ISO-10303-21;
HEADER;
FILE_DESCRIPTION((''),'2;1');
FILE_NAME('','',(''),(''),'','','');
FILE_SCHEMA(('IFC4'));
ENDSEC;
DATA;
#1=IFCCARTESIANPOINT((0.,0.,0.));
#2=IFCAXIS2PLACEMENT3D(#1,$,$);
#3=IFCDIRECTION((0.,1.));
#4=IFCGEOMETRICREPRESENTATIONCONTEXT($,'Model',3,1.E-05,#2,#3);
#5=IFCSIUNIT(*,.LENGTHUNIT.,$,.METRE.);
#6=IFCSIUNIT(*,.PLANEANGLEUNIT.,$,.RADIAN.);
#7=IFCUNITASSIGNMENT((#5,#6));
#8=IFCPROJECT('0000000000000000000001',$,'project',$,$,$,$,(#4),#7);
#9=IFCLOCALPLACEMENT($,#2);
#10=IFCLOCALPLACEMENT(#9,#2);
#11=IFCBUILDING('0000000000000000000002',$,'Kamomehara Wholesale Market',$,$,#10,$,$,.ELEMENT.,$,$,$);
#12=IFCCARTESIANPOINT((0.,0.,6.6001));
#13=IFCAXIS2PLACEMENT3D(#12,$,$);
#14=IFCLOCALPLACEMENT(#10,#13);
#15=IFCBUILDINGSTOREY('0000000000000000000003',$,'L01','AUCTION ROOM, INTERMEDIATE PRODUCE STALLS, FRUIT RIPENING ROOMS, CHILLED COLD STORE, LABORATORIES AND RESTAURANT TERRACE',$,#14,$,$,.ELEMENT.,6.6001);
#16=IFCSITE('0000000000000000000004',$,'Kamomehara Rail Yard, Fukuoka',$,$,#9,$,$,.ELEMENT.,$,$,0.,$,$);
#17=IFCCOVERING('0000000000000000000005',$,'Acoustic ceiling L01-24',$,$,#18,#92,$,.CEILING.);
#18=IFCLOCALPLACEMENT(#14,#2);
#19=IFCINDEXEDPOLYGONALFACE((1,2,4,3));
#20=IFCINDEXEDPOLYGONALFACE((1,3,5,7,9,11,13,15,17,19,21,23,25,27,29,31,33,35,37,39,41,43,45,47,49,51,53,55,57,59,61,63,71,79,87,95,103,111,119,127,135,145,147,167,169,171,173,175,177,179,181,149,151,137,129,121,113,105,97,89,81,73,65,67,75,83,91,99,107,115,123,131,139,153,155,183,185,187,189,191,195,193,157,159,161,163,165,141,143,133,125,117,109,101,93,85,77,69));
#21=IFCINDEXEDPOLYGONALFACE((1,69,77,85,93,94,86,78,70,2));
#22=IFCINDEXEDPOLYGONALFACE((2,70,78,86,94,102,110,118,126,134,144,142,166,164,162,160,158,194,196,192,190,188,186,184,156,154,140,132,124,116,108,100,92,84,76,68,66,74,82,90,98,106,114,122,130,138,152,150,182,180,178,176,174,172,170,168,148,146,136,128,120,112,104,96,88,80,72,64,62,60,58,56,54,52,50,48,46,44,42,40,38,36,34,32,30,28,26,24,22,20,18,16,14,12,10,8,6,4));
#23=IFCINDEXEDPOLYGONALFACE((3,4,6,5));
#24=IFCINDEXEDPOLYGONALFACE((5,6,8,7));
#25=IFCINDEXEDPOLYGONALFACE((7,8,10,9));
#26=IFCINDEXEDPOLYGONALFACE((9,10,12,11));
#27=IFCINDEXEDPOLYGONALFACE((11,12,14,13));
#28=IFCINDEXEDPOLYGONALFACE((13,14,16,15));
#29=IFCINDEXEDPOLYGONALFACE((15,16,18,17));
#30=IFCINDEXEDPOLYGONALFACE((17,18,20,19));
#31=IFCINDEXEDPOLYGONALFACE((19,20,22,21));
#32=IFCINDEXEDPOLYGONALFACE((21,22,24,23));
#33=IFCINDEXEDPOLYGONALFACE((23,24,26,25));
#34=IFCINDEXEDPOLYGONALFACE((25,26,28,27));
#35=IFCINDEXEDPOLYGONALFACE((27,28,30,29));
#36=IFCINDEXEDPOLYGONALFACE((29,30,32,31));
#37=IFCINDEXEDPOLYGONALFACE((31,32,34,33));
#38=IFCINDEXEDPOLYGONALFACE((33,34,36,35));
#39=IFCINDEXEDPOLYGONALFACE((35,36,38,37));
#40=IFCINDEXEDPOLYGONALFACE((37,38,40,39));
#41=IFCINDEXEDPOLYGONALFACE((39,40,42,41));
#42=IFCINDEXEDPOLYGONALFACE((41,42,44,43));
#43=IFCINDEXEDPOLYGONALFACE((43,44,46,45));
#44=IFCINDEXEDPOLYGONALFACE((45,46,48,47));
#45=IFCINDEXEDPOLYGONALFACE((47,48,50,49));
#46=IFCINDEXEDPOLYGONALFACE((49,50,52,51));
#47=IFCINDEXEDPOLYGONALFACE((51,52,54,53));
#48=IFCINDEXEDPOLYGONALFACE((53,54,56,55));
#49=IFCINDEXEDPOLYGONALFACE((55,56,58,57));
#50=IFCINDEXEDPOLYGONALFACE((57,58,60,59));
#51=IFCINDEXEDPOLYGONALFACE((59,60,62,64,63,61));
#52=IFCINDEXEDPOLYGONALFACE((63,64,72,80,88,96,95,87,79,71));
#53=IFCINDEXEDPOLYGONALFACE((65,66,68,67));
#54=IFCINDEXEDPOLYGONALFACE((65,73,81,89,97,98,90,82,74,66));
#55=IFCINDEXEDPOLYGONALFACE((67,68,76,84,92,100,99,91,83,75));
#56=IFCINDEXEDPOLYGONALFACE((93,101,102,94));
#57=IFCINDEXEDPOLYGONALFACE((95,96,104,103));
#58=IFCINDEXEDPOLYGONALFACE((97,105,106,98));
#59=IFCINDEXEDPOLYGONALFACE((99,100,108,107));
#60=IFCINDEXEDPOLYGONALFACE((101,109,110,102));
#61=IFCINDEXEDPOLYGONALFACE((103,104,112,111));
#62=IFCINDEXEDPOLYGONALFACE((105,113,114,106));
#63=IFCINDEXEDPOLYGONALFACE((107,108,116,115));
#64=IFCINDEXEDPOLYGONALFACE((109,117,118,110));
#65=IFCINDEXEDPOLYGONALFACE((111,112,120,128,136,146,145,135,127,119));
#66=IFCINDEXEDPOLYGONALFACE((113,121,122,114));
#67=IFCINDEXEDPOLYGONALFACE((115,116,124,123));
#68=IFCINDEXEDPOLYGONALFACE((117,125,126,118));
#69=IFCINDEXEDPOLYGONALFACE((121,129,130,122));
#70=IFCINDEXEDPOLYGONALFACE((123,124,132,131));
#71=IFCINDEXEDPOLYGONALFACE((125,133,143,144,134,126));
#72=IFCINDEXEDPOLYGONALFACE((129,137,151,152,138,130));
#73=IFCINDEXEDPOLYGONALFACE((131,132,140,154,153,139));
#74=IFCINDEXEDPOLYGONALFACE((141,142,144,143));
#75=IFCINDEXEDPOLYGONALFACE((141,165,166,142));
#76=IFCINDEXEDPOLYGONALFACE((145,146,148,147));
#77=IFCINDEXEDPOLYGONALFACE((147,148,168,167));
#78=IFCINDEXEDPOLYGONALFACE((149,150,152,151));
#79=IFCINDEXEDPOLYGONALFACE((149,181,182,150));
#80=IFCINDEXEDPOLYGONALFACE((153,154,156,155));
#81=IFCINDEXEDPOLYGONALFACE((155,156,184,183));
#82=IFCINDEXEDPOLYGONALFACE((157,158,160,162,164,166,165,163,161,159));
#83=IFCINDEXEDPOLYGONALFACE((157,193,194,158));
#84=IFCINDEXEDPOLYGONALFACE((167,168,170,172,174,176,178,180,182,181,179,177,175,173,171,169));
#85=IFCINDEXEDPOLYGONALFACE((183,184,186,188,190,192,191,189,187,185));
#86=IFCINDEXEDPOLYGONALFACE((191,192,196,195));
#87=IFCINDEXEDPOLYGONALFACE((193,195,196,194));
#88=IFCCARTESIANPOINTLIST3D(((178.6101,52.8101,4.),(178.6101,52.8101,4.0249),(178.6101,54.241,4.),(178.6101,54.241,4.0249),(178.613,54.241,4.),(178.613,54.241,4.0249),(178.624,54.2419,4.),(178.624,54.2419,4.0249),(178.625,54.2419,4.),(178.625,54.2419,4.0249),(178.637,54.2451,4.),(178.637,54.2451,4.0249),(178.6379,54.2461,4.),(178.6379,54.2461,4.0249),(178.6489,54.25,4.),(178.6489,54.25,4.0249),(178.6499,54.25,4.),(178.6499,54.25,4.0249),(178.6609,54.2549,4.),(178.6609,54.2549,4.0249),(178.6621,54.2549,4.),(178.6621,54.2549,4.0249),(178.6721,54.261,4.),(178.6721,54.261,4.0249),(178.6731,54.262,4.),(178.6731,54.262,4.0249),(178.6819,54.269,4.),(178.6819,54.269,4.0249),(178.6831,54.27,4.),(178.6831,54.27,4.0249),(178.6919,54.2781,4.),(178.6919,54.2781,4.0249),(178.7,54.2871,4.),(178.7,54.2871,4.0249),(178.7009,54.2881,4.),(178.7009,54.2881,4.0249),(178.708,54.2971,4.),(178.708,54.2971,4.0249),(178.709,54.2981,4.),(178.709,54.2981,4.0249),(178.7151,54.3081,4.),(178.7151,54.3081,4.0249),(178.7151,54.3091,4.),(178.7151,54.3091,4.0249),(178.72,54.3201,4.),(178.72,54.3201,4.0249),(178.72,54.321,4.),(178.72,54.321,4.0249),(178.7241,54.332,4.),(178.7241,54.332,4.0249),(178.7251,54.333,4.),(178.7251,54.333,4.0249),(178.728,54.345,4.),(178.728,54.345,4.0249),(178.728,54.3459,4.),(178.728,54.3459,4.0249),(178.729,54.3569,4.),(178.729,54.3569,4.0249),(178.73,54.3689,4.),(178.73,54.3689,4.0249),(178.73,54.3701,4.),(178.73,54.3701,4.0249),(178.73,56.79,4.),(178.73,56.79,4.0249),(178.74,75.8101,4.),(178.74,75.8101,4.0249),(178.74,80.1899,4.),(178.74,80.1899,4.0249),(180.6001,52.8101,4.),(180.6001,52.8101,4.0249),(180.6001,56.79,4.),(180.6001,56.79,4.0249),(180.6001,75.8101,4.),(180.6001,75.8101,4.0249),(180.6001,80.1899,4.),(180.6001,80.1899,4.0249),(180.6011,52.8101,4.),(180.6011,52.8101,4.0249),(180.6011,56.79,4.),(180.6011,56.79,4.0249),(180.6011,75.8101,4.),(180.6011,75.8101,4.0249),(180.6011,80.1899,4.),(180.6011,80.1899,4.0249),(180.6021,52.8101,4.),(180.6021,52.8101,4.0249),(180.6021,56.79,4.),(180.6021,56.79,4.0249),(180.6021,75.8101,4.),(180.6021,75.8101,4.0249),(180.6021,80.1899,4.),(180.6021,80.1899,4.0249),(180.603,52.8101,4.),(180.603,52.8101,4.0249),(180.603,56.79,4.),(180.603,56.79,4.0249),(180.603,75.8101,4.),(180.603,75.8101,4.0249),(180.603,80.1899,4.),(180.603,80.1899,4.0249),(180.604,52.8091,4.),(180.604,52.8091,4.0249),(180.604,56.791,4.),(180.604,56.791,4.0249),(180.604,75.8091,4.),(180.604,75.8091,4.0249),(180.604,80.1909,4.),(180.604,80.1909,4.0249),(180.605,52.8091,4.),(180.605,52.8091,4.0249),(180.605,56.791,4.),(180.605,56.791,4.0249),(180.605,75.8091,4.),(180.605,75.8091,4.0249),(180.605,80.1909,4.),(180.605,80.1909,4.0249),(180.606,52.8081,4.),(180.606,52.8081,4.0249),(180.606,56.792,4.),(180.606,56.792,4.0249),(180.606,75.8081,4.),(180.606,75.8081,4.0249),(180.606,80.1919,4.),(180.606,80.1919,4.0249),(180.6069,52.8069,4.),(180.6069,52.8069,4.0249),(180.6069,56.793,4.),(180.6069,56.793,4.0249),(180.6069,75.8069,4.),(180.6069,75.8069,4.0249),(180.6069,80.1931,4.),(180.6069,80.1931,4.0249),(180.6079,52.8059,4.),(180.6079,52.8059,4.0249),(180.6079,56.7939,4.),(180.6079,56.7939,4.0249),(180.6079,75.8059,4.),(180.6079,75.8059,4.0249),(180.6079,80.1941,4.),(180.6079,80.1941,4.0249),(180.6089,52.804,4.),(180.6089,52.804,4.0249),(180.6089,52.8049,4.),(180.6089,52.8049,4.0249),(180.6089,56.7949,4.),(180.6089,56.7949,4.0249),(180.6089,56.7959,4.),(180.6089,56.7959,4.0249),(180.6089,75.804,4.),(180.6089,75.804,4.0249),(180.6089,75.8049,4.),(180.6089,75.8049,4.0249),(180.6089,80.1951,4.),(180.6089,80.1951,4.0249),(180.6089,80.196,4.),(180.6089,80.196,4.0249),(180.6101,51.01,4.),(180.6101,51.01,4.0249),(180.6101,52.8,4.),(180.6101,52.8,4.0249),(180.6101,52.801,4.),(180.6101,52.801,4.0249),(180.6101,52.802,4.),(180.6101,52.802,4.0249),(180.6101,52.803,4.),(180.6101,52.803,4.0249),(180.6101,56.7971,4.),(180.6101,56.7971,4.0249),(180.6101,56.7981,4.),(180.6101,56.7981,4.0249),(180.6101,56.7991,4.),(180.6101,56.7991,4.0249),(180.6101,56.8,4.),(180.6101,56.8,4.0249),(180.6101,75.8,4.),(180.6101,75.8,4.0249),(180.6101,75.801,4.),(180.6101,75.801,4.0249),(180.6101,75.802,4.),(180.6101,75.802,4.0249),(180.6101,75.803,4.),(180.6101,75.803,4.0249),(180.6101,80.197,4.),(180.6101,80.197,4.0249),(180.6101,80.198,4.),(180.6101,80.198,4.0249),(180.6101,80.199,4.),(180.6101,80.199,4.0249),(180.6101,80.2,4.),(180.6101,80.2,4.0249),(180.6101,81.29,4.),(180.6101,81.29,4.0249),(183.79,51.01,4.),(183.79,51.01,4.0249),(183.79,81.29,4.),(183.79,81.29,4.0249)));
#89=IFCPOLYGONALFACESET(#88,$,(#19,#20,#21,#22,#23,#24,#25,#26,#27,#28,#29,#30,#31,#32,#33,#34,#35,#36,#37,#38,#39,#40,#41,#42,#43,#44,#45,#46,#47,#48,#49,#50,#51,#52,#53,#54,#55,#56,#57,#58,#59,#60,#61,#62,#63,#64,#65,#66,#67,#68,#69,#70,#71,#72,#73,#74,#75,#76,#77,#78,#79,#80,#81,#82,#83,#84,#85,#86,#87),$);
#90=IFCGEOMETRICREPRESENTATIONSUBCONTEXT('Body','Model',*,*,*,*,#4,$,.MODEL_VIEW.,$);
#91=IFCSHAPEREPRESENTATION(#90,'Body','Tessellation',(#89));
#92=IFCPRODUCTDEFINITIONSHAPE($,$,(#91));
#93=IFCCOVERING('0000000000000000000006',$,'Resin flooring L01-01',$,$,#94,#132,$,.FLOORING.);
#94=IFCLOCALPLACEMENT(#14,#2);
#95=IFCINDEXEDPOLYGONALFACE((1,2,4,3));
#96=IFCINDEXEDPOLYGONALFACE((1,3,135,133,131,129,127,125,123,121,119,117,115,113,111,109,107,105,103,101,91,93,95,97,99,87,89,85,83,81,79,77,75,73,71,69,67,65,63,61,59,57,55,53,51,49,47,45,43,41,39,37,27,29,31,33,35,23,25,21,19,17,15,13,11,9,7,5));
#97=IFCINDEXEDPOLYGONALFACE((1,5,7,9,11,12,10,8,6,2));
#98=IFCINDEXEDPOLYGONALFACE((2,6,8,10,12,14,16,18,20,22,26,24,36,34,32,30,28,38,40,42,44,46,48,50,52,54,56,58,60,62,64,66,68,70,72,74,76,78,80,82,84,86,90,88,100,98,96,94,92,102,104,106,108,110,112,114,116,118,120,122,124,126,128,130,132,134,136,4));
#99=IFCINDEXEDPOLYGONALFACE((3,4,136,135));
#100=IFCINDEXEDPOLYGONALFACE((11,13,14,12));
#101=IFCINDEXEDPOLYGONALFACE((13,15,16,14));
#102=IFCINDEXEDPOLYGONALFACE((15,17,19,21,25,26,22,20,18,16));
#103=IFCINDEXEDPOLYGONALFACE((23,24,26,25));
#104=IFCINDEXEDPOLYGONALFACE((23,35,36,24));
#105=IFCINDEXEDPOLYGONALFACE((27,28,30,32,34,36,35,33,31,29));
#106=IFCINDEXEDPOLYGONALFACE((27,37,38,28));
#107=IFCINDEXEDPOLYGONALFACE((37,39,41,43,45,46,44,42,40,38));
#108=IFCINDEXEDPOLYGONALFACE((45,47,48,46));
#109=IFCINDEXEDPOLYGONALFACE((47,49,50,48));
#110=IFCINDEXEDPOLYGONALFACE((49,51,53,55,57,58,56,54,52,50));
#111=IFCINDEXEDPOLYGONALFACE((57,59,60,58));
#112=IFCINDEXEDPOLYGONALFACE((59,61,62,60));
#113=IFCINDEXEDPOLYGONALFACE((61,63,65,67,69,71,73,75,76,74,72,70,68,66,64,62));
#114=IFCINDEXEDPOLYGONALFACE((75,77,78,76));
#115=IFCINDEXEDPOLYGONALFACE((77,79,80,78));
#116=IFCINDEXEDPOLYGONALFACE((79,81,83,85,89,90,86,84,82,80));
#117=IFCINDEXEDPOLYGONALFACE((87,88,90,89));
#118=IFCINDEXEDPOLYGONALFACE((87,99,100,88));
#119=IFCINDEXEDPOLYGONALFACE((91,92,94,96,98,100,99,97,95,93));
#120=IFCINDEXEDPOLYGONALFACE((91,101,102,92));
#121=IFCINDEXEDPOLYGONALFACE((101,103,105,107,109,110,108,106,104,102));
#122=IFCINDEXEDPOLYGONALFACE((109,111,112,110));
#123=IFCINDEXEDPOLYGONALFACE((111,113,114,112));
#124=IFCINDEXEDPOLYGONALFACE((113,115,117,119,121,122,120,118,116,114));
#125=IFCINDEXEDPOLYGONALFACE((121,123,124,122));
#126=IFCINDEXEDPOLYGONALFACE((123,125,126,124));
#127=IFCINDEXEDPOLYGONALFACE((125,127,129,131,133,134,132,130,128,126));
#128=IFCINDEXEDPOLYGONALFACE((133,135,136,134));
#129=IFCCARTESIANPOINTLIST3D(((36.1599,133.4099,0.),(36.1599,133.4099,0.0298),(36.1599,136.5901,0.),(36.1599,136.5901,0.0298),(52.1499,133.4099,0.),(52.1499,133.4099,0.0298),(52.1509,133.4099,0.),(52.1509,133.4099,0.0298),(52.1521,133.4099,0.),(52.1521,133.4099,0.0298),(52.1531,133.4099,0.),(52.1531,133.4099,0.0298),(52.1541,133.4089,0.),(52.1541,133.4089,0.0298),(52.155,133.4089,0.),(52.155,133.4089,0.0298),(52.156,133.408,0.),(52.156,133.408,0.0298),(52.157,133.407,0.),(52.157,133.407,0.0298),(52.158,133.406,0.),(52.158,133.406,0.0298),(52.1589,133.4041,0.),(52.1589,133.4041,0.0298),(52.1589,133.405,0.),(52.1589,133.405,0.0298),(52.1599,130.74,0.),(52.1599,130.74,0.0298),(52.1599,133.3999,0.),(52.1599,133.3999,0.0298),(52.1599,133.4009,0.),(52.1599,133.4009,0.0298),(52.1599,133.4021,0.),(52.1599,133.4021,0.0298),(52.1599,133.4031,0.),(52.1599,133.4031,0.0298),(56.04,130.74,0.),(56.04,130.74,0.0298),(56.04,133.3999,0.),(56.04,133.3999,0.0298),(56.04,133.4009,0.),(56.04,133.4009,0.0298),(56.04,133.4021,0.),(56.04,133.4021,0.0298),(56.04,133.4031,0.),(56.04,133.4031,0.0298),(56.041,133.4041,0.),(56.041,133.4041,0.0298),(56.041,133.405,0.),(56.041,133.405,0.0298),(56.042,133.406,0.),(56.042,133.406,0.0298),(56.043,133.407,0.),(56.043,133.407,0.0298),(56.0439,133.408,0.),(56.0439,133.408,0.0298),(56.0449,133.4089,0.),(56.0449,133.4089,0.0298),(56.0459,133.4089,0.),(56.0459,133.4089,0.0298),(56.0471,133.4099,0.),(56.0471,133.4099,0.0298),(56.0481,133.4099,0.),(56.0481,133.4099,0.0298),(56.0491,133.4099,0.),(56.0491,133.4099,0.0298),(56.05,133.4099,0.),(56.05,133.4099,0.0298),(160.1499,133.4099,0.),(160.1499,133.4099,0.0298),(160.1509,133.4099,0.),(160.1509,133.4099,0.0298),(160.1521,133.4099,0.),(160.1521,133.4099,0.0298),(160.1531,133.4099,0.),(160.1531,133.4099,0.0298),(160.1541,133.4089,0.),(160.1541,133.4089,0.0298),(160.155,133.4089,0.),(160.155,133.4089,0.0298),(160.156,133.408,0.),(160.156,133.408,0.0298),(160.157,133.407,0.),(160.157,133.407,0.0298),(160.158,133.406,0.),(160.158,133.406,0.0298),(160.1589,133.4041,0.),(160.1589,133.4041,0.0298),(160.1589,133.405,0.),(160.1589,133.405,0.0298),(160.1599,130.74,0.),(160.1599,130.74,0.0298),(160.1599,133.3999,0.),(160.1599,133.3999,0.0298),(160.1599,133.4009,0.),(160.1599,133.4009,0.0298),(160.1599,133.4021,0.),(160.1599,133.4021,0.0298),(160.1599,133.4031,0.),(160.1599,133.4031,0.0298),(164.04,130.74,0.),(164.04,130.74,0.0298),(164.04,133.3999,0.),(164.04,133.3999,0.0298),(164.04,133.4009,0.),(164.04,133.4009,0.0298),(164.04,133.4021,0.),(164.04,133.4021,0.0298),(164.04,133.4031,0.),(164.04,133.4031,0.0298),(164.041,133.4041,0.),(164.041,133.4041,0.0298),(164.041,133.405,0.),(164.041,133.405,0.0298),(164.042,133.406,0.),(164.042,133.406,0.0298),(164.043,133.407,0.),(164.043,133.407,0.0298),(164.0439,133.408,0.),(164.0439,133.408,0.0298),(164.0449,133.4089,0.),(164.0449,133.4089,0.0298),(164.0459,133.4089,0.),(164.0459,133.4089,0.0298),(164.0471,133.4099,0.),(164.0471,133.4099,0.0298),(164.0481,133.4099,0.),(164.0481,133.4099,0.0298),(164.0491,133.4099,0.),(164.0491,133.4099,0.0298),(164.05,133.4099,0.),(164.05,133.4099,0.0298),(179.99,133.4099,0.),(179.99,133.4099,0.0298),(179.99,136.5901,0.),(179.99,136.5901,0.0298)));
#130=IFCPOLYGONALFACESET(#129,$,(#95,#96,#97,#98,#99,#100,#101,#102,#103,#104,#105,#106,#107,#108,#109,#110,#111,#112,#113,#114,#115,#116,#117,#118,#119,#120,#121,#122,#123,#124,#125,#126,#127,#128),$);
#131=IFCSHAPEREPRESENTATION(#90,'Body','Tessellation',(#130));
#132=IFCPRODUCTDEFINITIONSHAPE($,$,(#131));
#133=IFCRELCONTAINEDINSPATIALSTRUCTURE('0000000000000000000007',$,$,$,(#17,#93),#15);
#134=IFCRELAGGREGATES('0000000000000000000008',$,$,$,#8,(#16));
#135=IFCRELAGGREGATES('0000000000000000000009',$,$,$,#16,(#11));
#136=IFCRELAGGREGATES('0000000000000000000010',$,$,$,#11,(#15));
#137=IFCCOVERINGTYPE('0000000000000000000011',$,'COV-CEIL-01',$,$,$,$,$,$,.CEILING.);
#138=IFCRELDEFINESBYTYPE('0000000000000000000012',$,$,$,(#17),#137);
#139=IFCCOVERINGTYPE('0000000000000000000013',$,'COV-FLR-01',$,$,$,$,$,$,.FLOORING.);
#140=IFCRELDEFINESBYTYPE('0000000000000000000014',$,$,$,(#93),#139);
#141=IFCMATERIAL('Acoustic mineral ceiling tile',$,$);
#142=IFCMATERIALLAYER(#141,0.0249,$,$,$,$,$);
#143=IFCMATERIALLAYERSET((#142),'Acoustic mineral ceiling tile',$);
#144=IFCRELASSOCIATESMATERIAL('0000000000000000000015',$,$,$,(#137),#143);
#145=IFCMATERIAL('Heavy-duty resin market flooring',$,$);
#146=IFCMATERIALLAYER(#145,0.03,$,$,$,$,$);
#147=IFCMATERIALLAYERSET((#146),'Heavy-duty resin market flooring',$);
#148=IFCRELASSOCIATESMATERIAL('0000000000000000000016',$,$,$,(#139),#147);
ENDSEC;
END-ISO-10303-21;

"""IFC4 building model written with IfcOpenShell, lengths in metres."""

from ifc_helpers import new_model, si_unit, direction, frame, origin, place, context, subcontext, project, spatial, polyline, outline, extrude, material, layer, layer_set, type_object, element, save


model = new_model("IFC4")

# Units and contexts
model_context = context("Model", 3, precision=1e-05, world=origin(), true_north=direction((0.0, 1.0)))
body_context = subcontext(model_context, "Body", "Model", "MODEL_VIEW")
ifc_project = project(units=[si_unit("LENGTHUNIT", "METRE"), si_unit("PLANEANGLEUNIT", "RADIAN")], contexts=[model_context])

# Site, building, storey
site_placement = place(None, origin())
site = spatial("IfcSite", under=ifc_project, at=site_placement, Name="Kamomehara Rail Yard, Fukuoka", CompositionType="ELEMENT", RefElevation=0.0)
building_placement = place(site_placement, origin())
building = spatial("IfcBuilding", under=site, at=building_placement, Name="Kamomehara Wholesale Market", CompositionType="ELEMENT")
storey_placement = place(building_placement, frame((0.0, 0.0, 6.6001)))
storey = spatial("IfcBuildingStorey", under=building, at=storey_placement, Name="L01", Description="AUCTION ROOM, INTERMEDIATE PRODUCE STALLS, FRUIT RIPENING ROOMS, CHILLED COLD STORE, LABORATORIES AND RESTAURANT TERRACE", CompositionType="ELEMENT", Elevation=6.6001)

# Coverings
ifc_material_1 = material(Name="Acoustic mineral ceiling tile")
ifc_layer_1 = layer(ifc_material_1, 0.0249)
ifc_layer_set_1 = layer_set([ifc_layer_1], Name="Acoustic mineral ceiling tile")
covering_type_1 = type_object("IfcCoveringType", Name="COV-CEIL-01", PredefinedType="CEILING", material=ifc_layer_set_1)
covering_1_placement = place(storey_placement, frame((0.0, 0.0, 4.0)))
element("IfcCovering", 1, at=covering_1_placement, inside=storey, type_object=covering_type_1, Name="Acoustic ceiling L01-24", PredefinedType="CEILING", context=body_context, shape_type="SweptSolid", body=[
    extrude(outline(polyline([(180.6069, 75.8069), (180.606, 75.8081), (180.606, 75.8081), (180.605, 75.8091), (180.604, 75.8091), (180.603, 75.8101), (180.6021, 75.8101), (180.6011, 75.8101), (180.6001, 75.8101), (178.74, 75.8101), (178.74, 80.1899), (180.6001, 80.1899), (180.6011, 80.1899), (180.6021, 80.1899), (180.603, 80.1899), (180.604, 80.1909), (180.605, 80.1909), (180.606, 80.1919), (180.606, 80.1919), (180.6069, 80.1931), (180.6079, 80.1941), (180.6079, 80.1941), (180.6089, 80.1951), (180.6089, 80.196), (180.6101, 80.197), (180.6101, 80.198), (180.6101, 80.199), (180.6101, 80.2), (180.6101, 81.29), (183.79, 81.29), (183.79, 51.01), (180.6101, 51.01), (180.6101, 52.8), (180.6101, 52.801), (180.6101, 52.802), (180.6101, 52.803), (180.6089, 52.804), (180.6089, 52.8049), (180.6079, 52.8059), (180.6079, 52.8059), (180.6069, 52.8069), (180.606, 52.8081), (180.606, 52.8081), (180.605, 52.8091), (180.604, 52.8091), (180.603, 52.8101), (180.6021, 52.8101), (180.6011, 52.8101), (180.6001, 52.8101), (178.6101, 52.8101), (178.6101, 54.241), (178.613, 54.241), (178.613, 54.241), (178.624, 54.2419), (178.625, 54.2419), (178.625, 54.2419), (178.637, 54.2451), (178.6379, 54.2461), (178.6489, 54.25), (178.6499, 54.25), (178.6609, 54.2549), (178.6621, 54.2549), (178.6721, 54.261), (178.6731, 54.262), (178.6819, 54.269), (178.6831, 54.27), (178.6919, 54.2781), (178.6919, 54.2781), (178.7, 54.2871), (178.7009, 54.2881), (178.708, 54.2971), (178.709, 54.2981), (178.7151, 54.3081), (178.7151, 54.3091), (178.72, 54.3201), (178.72, 54.321), (178.7241, 54.332), (178.7251, 54.333), (178.728, 54.345), (178.728, 54.345), (178.728, 54.3459), (178.729, 54.3569), (178.729, 54.3569), (178.73, 54.3689), (178.73, 54.3701), (178.73, 56.79), (180.6001, 56.79), (180.6011, 56.79), (180.6021, 56.79), (180.603, 56.79), (180.604, 56.791), (180.605, 56.791), (180.606, 56.792), (180.606, 56.792), (180.6069, 56.793), (180.6079, 56.7939), (180.6079, 56.7939), (180.6089, 56.7949), (180.6089, 56.7959), (180.6101, 56.7971), (180.6101, 56.7981), (180.6101, 56.7991), (180.6101, 56.8), (180.6101, 75.8), (180.6101, 75.801), (180.6101, 75.802), (180.6101, 75.803), (180.6089, 75.804), (180.6089, 75.8049), (180.6079, 75.8059), (180.6079, 75.8059), (180.6069, 75.8069)])), origin(), (0.0, 0.0, 1.0), 0.0249),
])
ifc_material_2 = material(Name="Heavy-duty resin market flooring")
ifc_layer_2 = layer(ifc_material_2, 0.03)
ifc_layer_set_2 = layer_set([ifc_layer_2], Name="Heavy-duty resin market flooring")
covering_type_2 = type_object("IfcCoveringType", Name="COV-FLR-01", PredefinedType="FLOORING", material=ifc_layer_set_2)
covering_2_placement = place(storey_placement, origin())
element("IfcCovering", 2, at=covering_2_placement, inside=storey, type_object=covering_type_2, Name="Resin flooring L01-01", PredefinedType="FLOORING", context=body_context, shape_type="SweptSolid", body=[
    extrude(outline(polyline([(179.99, 136.5901), (179.99, 133.4099), (164.05, 133.4099), (164.0491, 133.4099), (164.0481, 133.4099), (164.0471, 133.4099), (164.0459, 133.4089), (164.0449, 133.4089), (164.0439, 133.408), (164.0439, 133.408), (164.043, 133.407), (164.042, 133.406), (164.042, 133.406), (164.041, 133.405), (164.041, 133.4041), (164.04, 133.4031), (164.04, 133.4021), (164.04, 133.4009), (164.04, 133.3999), (164.04, 130.74), (160.1599, 130.74), (160.1599, 133.3999), (160.1599, 133.4009), (160.1599, 133.4021), (160.1599, 133.4031), (160.1589, 133.4041), (160.1589, 133.405), (160.158, 133.406), (160.158, 133.406), (160.157, 133.407), (160.156, 133.408), (160.156, 133.408), (160.155, 133.4089), (160.1541, 133.4089), (160.1531, 133.4099), (160.1521, 133.4099), (160.1509, 133.4099), (160.1499, 133.4099), (56.05, 133.4099), (56.0491, 133.4099), (56.0481, 133.4099), (56.0471, 133.4099), (56.0459, 133.4089), (56.0449, 133.4089), (56.0439, 133.408), (56.0439, 133.408), (56.043, 133.407), (56.042, 133.406), (56.042, 133.406), (56.041, 133.405), (56.041, 133.4041), (56.04, 133.4031), (56.04, 133.4021), (56.04, 133.4009), (56.04, 133.3999), (56.04, 130.74), (52.1599, 130.74), (52.1599, 133.3999), (52.1599, 133.4009), (52.1599, 133.4021), (52.1599, 133.4031), (52.1589, 133.4041), (52.1589, 133.405), (52.158, 133.406), (52.158, 133.406), (52.157, 133.407), (52.156, 133.408), (52.156, 133.408), (52.155, 133.4089), (52.1541, 133.4089), (52.1531, 133.4099), (52.1521, 133.4099), (52.1509, 133.4099), (52.1499, 133.4099), (36.1599, 133.4099), (36.1599, 136.5901), (179.99, 136.5901)])), origin(), (0.0, 0.0, 1.0), 0.0298),
])

save(model, "model.ifc")
